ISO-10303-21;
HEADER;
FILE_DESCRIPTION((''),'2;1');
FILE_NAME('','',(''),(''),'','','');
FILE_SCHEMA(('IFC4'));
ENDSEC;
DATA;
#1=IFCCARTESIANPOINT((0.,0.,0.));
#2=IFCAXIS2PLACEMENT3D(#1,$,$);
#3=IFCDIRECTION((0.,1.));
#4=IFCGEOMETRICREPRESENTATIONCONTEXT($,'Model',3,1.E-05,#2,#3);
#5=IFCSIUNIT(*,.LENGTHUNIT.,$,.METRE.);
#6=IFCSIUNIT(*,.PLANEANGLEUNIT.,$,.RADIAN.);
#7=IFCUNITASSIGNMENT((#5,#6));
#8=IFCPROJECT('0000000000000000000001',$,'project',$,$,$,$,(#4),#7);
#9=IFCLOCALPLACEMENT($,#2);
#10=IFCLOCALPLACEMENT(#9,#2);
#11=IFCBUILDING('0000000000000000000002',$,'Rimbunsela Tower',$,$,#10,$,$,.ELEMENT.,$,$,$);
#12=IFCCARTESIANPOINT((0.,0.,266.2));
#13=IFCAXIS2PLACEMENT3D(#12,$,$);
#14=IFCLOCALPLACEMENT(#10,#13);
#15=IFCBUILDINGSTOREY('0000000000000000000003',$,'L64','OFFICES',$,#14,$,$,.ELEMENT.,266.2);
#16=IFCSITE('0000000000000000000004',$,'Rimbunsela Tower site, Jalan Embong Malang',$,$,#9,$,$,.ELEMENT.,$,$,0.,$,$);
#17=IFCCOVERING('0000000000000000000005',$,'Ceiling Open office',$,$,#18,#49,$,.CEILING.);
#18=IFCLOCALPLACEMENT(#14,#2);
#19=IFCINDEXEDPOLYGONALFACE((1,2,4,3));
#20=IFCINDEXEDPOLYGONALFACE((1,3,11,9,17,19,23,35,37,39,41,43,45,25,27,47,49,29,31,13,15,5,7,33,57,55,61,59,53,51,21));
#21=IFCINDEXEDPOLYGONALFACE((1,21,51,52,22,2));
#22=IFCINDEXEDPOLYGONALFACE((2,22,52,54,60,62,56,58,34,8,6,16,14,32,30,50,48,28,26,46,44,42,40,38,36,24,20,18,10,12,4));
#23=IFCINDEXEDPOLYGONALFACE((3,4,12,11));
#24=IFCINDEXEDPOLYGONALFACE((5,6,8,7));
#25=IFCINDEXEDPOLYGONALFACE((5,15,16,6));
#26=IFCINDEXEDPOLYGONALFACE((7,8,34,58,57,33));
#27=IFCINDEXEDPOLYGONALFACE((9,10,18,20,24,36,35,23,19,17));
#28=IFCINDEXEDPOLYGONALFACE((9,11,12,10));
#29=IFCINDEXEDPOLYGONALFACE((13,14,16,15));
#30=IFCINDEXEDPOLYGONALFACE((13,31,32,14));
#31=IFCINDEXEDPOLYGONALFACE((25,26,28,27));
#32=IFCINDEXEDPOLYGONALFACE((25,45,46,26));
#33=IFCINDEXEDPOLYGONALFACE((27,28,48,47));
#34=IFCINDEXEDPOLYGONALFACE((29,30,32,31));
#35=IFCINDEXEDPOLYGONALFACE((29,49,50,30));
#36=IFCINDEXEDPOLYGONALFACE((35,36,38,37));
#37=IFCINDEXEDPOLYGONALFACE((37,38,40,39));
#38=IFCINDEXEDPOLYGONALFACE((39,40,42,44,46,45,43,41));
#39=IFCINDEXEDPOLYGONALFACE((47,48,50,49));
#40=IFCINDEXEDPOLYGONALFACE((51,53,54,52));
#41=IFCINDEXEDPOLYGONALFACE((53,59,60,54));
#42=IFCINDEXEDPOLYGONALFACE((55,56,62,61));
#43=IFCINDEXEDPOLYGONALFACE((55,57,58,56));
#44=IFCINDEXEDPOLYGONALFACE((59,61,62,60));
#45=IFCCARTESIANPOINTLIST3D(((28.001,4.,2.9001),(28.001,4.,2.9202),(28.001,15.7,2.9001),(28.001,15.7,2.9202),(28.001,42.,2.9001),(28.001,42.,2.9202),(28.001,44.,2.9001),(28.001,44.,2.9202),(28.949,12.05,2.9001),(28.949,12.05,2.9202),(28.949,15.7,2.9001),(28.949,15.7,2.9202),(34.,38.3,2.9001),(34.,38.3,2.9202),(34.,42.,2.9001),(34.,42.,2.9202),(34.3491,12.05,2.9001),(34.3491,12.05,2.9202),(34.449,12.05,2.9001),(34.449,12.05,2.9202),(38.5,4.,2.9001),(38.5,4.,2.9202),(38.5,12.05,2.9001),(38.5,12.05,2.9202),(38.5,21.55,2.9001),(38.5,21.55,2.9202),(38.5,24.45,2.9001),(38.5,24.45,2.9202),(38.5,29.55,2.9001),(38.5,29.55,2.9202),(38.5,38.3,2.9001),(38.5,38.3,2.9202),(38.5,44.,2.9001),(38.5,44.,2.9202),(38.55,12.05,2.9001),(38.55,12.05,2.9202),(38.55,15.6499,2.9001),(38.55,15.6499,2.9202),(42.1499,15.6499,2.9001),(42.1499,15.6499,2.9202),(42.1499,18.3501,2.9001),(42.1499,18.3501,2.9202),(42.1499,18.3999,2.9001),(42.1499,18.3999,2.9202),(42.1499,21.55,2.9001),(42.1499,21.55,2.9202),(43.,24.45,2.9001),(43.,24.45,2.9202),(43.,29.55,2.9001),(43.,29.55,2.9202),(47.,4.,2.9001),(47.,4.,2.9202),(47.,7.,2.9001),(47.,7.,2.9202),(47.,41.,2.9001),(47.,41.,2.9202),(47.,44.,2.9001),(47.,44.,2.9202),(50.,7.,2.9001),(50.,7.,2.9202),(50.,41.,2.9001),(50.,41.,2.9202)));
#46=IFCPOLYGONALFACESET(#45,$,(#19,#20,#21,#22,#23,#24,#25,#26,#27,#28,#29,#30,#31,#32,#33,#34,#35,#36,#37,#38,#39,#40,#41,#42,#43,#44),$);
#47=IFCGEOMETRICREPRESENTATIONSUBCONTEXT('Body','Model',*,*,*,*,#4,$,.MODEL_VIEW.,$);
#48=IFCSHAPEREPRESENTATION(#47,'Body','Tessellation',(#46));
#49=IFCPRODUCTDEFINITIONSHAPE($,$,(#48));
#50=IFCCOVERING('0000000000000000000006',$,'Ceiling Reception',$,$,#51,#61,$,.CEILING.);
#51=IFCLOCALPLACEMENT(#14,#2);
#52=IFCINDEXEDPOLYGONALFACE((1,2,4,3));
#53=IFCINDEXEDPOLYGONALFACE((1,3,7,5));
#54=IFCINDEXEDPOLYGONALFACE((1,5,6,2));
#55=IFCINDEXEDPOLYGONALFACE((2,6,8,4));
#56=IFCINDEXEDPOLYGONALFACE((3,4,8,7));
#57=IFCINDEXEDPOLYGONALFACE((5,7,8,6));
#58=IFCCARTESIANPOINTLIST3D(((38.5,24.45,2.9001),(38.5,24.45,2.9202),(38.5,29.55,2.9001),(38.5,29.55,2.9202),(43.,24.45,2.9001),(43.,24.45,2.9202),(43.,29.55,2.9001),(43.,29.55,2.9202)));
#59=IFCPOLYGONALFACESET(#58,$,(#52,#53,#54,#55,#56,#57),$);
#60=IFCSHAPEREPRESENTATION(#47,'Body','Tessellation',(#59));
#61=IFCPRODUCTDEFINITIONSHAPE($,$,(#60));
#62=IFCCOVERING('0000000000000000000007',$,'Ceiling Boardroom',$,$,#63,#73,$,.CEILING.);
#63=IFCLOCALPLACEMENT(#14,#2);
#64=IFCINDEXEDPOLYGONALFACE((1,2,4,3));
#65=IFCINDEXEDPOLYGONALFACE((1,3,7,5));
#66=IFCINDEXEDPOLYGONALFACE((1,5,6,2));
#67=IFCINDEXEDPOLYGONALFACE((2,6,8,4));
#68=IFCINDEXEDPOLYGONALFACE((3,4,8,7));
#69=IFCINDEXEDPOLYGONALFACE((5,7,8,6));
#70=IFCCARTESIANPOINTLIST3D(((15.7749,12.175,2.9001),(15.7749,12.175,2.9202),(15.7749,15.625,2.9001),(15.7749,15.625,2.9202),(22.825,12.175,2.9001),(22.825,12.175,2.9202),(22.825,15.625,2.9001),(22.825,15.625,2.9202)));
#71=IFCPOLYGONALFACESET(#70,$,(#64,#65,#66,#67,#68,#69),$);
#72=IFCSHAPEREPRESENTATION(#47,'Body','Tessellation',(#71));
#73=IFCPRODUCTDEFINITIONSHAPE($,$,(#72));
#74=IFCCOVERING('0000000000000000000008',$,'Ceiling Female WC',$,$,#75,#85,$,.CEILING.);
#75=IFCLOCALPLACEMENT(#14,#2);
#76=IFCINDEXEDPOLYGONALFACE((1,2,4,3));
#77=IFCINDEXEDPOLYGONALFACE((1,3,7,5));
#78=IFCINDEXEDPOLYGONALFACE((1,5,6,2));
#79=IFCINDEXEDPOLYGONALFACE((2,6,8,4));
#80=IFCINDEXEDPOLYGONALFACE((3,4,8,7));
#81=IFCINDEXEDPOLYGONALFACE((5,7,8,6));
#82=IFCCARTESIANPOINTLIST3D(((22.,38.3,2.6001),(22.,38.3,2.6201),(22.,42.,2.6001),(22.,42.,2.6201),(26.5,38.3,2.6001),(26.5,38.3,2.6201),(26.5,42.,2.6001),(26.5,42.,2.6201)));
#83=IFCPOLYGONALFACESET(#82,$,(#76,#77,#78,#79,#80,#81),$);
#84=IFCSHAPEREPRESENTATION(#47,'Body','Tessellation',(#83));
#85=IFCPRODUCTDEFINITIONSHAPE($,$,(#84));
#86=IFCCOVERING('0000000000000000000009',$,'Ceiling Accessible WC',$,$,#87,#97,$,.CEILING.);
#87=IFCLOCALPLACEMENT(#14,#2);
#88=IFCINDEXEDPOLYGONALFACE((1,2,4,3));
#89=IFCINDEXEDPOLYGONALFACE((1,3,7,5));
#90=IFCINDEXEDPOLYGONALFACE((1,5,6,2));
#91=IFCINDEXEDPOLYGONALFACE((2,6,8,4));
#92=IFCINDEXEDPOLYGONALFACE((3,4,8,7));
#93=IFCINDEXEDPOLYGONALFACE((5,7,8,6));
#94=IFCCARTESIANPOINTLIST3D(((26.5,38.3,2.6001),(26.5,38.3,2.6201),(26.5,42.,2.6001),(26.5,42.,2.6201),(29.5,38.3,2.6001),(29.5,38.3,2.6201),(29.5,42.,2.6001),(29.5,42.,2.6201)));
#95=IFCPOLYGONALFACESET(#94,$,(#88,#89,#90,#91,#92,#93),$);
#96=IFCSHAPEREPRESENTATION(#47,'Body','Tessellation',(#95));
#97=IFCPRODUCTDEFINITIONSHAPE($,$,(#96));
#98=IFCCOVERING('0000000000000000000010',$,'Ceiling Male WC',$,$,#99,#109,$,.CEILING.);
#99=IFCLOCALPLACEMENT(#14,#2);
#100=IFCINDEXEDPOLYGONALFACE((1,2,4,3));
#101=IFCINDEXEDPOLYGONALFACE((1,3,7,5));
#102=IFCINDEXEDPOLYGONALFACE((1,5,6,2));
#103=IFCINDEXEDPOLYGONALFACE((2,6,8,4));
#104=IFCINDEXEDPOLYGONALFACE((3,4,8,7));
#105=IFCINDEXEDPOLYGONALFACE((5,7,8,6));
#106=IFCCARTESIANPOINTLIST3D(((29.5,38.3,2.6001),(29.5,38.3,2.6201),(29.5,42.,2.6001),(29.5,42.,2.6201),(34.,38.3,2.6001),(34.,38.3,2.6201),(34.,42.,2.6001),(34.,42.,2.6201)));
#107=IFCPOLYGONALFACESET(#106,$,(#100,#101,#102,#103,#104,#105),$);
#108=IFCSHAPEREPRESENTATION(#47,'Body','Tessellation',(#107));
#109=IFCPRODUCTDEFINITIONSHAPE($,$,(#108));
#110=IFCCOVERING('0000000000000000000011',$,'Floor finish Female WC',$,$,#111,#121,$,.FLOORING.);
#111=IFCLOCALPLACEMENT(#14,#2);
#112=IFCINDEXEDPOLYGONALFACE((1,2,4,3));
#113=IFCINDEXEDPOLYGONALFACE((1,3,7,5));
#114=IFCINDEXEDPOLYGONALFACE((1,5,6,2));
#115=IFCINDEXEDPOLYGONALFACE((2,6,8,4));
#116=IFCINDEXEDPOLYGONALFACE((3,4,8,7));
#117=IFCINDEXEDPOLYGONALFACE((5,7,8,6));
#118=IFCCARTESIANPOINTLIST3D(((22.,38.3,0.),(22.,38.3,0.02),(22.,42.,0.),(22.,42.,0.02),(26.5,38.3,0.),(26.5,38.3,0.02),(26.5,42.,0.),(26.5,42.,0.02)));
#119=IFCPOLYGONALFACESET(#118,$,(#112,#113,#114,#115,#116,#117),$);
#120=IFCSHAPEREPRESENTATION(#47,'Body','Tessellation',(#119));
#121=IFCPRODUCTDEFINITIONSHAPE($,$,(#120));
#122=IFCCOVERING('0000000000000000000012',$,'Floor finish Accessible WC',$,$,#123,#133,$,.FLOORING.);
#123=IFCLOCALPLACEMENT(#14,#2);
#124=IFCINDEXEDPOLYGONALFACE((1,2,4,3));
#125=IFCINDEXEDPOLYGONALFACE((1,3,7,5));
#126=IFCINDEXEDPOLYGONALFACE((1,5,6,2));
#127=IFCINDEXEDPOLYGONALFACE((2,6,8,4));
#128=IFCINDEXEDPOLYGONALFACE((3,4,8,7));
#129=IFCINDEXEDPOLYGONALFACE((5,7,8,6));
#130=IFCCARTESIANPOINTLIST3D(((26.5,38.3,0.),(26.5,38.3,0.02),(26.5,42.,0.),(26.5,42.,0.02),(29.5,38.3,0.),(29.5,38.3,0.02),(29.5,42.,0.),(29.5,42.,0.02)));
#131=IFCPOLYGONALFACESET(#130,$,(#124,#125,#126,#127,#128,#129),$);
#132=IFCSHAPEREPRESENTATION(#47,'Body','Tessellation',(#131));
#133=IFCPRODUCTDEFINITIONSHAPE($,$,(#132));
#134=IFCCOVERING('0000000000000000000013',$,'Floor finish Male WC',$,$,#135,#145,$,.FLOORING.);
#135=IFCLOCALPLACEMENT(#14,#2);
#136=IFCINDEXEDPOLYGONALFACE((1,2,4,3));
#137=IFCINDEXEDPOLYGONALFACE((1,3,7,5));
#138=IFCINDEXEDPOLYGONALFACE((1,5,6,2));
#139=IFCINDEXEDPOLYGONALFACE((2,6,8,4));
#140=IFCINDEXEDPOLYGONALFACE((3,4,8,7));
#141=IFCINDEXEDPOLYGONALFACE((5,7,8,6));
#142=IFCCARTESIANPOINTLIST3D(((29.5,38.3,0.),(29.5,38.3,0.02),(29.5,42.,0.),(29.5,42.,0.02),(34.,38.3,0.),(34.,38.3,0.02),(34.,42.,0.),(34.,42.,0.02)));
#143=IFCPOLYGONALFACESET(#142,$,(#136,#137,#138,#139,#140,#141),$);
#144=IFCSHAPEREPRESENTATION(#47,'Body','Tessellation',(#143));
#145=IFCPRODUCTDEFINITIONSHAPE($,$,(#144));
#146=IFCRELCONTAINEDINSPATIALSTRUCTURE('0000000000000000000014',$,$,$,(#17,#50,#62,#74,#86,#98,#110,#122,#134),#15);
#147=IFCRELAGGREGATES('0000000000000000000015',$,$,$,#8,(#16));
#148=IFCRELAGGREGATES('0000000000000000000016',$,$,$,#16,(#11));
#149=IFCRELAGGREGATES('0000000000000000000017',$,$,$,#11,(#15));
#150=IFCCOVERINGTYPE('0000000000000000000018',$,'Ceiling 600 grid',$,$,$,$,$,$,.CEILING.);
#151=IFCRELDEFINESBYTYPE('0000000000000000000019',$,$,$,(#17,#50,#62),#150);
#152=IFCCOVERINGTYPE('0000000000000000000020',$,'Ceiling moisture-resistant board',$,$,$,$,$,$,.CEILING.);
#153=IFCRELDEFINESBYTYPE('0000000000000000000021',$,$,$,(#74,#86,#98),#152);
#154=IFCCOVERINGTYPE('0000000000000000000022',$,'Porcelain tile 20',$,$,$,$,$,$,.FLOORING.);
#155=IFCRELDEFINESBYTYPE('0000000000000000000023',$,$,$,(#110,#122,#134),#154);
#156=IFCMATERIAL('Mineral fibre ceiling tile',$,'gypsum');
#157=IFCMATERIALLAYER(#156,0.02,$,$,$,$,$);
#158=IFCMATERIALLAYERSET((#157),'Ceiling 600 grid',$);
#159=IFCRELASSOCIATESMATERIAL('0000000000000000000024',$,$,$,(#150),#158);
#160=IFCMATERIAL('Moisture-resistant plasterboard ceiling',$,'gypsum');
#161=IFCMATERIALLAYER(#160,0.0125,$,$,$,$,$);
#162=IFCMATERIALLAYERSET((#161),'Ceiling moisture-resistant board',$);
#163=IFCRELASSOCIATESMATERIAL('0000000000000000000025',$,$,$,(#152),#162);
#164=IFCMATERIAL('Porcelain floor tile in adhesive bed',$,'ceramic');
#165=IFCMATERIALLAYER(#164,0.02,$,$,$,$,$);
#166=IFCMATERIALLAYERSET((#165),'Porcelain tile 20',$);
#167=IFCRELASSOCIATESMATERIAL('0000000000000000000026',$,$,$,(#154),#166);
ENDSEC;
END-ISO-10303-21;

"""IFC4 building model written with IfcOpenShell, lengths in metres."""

from ifc_helpers import new_model, si_unit, direction, frame, origin, place, context, subcontext, project, spatial, polyline, outline, extrude, material, layer, layer_set, type_object, element, save


model = new_model("IFC4")

# Units and contexts
model_context = context("Model", 3, precision=1e-05, world=origin(), true_north=direction((0.0, 1.0)))
body_context = subcontext(model_context, "Body", "Model", "MODEL_VIEW")
ifc_project = project(units=[si_unit("LENGTHUNIT", "METRE"), si_unit("PLANEANGLEUNIT", "RADIAN")], contexts=[model_context])

# Site, building, storey
site_placement = place(None, origin())
site = spatial("IfcSite", under=ifc_project, at=site_placement, Name="Rimbunsela Tower site, Jalan Embong Malang", CompositionType="ELEMENT", RefElevation=0.0)
building_placement = place(site_placement, origin())
building = spatial("IfcBuilding", under=site, at=building_placement, Name="Rimbunsela Tower", CompositionType="ELEMENT")
storey_placement = place(building_placement, frame((0.0, 0.0, 266.2)))
storey = spatial("IfcBuildingStorey", under=building, at=storey_placement, Name="L64", Description="OFFICES", CompositionType="ELEMENT", Elevation=266.2)

# Coverings
ifc_material_1 = material(Name="Mineral fibre ceiling tile", Category="gypsum")
ifc_layer_1 = layer(ifc_material_1, 0.02)
ifc_layer_set_1 = layer_set([ifc_layer_1], Name="Ceiling 600 grid")
covering_type_1 = type_object("IfcCoveringType", Name="Ceiling 600 grid", PredefinedType="CEILING", material=ifc_layer_set_1)
covering_1_placement = place(storey_placement, frame((0.0, 0.0, 2.9001)))
element("IfcCovering", 1, at=covering_1_placement, inside=storey, type_object=covering_type_1, Name="Ceiling Open office", PredefinedType="CEILING", context=body_context, shape_type="SweptSolid", body=[
    extrude(outline(polyline([(28.001, 15.7), (28.949, 15.7), (28.949, 12.05), (34.3491, 12.05), (34.449, 12.05), (38.5, 12.05), (38.55, 12.05), (38.55, 15.6499), (42.1499, 15.6499), (42.1499, 18.3501), (42.1499, 18.3999), (42.1499, 21.55), (38.5, 21.55), (38.5, 24.45), (43.0, 24.45), (43.0, 29.55), (38.5, 29.55), (38.5, 38.3), (34.0, 38.3), (34.0, 42.0), (28.001, 42.0), (28.001, 44.0), (38.5, 44.0), (47.0, 44.0), (47.0, 41.0), (50.0, 41.0), (50.0, 7.0), (47.0, 7.0), (47.0, 4.0), (38.5, 4.0), (28.001, 4.0), (28.001, 15.7)])), origin(), (0.0, 0.0, 1.0), 0.02),
])
covering_2_placement = place(storey_placement, frame((0.0, 0.0, 2.9001)))
element("IfcCovering", 2, at=covering_2_placement, inside=storey, type_object=covering_type_1, Name="Ceiling Reception", PredefinedType="CEILING", context=body_context, shape_type="SweptSolid", body=[
    extrude(outline(polyline([(43.0, 24.45), (43.0, 29.55), (38.5, 29.55), (38.5, 24.45), (43.0, 24.45)])), origin(), (0.0, 0.0, 1.0), 0.02),
])
covering_3_placement = place(storey_placement, frame((0.0, 0.0, 2.9001)))
element("IfcCovering", 3, at=covering_3_placement, inside=storey, type_object=covering_type_1, Name="Ceiling Boardroom", PredefinedType="CEILING", context=body_context, shape_type="SweptSolid", body=[
    extrude(outline(polyline([(22.825, 12.175), (22.825, 15.625), (15.7749, 15.625), (15.7749, 12.175), (22.825, 12.175)])), origin(), (0.0, 0.0, 1.0), 0.02),
])
ifc_material_2 = material(Name="Moisture-resistant plasterboard ceiling", Category="gypsum")
ifc_layer_2 = layer(ifc_material_2, 0.0125)
ifc_layer_set_2 = layer_set([ifc_layer_2], Name="Ceiling moisture-resistant board")
covering_type_2 = type_object("IfcCoveringType", Name="Ceiling moisture-resistant board", PredefinedType="CEILING", material=ifc_layer_set_2)
covering_4_placement = place(storey_placement, frame((0.0, 0.0, 2.6001)))
element("IfcCovering", 4, at=covering_4_placement, inside=storey, type_object=covering_type_2, Name="Ceiling Female WC", PredefinedType="CEILING", context=body_context, shape_type="SweptSolid", body=[
    extrude(outline(polyline([(26.5, 38.3), (26.5, 42.0), (22.0, 42.0), (22.0, 38.3), (26.5, 38.3)])), origin(), (0.0, 0.0, 1.0), 0.02),
])
covering_5_placement = place(storey_placement, frame((0.0, 0.0, 2.6001)))
element("IfcCovering", 5, at=covering_5_placement, inside=storey, type_object=covering_type_2, Name="Ceiling Accessible WC", PredefinedType="CEILING", context=body_context, shape_type="SweptSolid", body=[
    extrude(outline(polyline([(29.5, 38.3), (29.5, 42.0), (26.5, 42.0), (26.5, 38.3), (29.5, 38.3)])), origin(), (0.0, 0.0, 1.0), 0.02),
])
covering_6_placement = place(storey_placement, frame((0.0, 0.0, 2.6001)))
element("IfcCovering", 6, at=covering_6_placement, inside=storey, type_object=covering_type_2, Name="Ceiling Male WC", PredefinedType="CEILING", context=body_context, shape_type="SweptSolid", body=[
    extrude(outline(polyline([(34.0, 38.3), (34.0, 42.0), (29.5, 42.0), (29.5, 38.3), (34.0, 38.3)])), origin(), (0.0, 0.0, 1.0), 0.02),
])
ifc_material_3 = material(Name="Porcelain floor tile in adhesive bed", Category="ceramic")
ifc_layer_3 = layer(ifc_material_3, 0.02)
ifc_layer_set_3 = layer_set([ifc_layer_3], Name="Porcelain tile 20")
covering_type_3 = type_object("IfcCoveringType", Name="Porcelain tile 20", PredefinedType="FLOORING", material=ifc_layer_set_3)
covering_7_placement = place(storey_placement, origin())
element("IfcCovering", 7, at=covering_7_placement, inside=storey, type_object=covering_type_3, Name="Floor finish Female WC", PredefinedType="FLOORING", context=body_context, shape_type="SweptSolid", body=[
    extrude(outline(polyline([(26.5, 38.3), (26.5, 42.0), (22.0, 42.0), (22.0, 38.3), (26.5, 38.3)])), origin(), (0.0, 0.0, 1.0), 0.02),
])
covering_8_placement = place(storey_placement, origin())
element("IfcCovering", 8, at=covering_8_placement, inside=storey, type_object=covering_type_3, Name="Floor finish Accessible WC", PredefinedType="FLOORING", context=body_context, shape_type="SweptSolid", body=[
    extrude(outline(polyline([(29.5, 38.3), (29.5, 42.0), (26.5, 42.0), (26.5, 38.3), (29.5, 38.3)])), origin(), (0.0, 0.0, 1.0), 0.02),
])
covering_9_placement = place(storey_placement, origin())
element("IfcCovering", 9, at=covering_9_placement, inside=storey, type_object=covering_type_3, Name="Floor finish Male WC", PredefinedType="FLOORING", context=body_context, shape_type="SweptSolid", body=[
    extrude(outline(polyline([(34.0, 38.3), (34.0, 42.0), (29.5, 42.0), (29.5, 38.3), (34.0, 38.3)])), origin(), (0.0, 0.0, 1.0), 0.02),
])

save(model, "model.ifc")
